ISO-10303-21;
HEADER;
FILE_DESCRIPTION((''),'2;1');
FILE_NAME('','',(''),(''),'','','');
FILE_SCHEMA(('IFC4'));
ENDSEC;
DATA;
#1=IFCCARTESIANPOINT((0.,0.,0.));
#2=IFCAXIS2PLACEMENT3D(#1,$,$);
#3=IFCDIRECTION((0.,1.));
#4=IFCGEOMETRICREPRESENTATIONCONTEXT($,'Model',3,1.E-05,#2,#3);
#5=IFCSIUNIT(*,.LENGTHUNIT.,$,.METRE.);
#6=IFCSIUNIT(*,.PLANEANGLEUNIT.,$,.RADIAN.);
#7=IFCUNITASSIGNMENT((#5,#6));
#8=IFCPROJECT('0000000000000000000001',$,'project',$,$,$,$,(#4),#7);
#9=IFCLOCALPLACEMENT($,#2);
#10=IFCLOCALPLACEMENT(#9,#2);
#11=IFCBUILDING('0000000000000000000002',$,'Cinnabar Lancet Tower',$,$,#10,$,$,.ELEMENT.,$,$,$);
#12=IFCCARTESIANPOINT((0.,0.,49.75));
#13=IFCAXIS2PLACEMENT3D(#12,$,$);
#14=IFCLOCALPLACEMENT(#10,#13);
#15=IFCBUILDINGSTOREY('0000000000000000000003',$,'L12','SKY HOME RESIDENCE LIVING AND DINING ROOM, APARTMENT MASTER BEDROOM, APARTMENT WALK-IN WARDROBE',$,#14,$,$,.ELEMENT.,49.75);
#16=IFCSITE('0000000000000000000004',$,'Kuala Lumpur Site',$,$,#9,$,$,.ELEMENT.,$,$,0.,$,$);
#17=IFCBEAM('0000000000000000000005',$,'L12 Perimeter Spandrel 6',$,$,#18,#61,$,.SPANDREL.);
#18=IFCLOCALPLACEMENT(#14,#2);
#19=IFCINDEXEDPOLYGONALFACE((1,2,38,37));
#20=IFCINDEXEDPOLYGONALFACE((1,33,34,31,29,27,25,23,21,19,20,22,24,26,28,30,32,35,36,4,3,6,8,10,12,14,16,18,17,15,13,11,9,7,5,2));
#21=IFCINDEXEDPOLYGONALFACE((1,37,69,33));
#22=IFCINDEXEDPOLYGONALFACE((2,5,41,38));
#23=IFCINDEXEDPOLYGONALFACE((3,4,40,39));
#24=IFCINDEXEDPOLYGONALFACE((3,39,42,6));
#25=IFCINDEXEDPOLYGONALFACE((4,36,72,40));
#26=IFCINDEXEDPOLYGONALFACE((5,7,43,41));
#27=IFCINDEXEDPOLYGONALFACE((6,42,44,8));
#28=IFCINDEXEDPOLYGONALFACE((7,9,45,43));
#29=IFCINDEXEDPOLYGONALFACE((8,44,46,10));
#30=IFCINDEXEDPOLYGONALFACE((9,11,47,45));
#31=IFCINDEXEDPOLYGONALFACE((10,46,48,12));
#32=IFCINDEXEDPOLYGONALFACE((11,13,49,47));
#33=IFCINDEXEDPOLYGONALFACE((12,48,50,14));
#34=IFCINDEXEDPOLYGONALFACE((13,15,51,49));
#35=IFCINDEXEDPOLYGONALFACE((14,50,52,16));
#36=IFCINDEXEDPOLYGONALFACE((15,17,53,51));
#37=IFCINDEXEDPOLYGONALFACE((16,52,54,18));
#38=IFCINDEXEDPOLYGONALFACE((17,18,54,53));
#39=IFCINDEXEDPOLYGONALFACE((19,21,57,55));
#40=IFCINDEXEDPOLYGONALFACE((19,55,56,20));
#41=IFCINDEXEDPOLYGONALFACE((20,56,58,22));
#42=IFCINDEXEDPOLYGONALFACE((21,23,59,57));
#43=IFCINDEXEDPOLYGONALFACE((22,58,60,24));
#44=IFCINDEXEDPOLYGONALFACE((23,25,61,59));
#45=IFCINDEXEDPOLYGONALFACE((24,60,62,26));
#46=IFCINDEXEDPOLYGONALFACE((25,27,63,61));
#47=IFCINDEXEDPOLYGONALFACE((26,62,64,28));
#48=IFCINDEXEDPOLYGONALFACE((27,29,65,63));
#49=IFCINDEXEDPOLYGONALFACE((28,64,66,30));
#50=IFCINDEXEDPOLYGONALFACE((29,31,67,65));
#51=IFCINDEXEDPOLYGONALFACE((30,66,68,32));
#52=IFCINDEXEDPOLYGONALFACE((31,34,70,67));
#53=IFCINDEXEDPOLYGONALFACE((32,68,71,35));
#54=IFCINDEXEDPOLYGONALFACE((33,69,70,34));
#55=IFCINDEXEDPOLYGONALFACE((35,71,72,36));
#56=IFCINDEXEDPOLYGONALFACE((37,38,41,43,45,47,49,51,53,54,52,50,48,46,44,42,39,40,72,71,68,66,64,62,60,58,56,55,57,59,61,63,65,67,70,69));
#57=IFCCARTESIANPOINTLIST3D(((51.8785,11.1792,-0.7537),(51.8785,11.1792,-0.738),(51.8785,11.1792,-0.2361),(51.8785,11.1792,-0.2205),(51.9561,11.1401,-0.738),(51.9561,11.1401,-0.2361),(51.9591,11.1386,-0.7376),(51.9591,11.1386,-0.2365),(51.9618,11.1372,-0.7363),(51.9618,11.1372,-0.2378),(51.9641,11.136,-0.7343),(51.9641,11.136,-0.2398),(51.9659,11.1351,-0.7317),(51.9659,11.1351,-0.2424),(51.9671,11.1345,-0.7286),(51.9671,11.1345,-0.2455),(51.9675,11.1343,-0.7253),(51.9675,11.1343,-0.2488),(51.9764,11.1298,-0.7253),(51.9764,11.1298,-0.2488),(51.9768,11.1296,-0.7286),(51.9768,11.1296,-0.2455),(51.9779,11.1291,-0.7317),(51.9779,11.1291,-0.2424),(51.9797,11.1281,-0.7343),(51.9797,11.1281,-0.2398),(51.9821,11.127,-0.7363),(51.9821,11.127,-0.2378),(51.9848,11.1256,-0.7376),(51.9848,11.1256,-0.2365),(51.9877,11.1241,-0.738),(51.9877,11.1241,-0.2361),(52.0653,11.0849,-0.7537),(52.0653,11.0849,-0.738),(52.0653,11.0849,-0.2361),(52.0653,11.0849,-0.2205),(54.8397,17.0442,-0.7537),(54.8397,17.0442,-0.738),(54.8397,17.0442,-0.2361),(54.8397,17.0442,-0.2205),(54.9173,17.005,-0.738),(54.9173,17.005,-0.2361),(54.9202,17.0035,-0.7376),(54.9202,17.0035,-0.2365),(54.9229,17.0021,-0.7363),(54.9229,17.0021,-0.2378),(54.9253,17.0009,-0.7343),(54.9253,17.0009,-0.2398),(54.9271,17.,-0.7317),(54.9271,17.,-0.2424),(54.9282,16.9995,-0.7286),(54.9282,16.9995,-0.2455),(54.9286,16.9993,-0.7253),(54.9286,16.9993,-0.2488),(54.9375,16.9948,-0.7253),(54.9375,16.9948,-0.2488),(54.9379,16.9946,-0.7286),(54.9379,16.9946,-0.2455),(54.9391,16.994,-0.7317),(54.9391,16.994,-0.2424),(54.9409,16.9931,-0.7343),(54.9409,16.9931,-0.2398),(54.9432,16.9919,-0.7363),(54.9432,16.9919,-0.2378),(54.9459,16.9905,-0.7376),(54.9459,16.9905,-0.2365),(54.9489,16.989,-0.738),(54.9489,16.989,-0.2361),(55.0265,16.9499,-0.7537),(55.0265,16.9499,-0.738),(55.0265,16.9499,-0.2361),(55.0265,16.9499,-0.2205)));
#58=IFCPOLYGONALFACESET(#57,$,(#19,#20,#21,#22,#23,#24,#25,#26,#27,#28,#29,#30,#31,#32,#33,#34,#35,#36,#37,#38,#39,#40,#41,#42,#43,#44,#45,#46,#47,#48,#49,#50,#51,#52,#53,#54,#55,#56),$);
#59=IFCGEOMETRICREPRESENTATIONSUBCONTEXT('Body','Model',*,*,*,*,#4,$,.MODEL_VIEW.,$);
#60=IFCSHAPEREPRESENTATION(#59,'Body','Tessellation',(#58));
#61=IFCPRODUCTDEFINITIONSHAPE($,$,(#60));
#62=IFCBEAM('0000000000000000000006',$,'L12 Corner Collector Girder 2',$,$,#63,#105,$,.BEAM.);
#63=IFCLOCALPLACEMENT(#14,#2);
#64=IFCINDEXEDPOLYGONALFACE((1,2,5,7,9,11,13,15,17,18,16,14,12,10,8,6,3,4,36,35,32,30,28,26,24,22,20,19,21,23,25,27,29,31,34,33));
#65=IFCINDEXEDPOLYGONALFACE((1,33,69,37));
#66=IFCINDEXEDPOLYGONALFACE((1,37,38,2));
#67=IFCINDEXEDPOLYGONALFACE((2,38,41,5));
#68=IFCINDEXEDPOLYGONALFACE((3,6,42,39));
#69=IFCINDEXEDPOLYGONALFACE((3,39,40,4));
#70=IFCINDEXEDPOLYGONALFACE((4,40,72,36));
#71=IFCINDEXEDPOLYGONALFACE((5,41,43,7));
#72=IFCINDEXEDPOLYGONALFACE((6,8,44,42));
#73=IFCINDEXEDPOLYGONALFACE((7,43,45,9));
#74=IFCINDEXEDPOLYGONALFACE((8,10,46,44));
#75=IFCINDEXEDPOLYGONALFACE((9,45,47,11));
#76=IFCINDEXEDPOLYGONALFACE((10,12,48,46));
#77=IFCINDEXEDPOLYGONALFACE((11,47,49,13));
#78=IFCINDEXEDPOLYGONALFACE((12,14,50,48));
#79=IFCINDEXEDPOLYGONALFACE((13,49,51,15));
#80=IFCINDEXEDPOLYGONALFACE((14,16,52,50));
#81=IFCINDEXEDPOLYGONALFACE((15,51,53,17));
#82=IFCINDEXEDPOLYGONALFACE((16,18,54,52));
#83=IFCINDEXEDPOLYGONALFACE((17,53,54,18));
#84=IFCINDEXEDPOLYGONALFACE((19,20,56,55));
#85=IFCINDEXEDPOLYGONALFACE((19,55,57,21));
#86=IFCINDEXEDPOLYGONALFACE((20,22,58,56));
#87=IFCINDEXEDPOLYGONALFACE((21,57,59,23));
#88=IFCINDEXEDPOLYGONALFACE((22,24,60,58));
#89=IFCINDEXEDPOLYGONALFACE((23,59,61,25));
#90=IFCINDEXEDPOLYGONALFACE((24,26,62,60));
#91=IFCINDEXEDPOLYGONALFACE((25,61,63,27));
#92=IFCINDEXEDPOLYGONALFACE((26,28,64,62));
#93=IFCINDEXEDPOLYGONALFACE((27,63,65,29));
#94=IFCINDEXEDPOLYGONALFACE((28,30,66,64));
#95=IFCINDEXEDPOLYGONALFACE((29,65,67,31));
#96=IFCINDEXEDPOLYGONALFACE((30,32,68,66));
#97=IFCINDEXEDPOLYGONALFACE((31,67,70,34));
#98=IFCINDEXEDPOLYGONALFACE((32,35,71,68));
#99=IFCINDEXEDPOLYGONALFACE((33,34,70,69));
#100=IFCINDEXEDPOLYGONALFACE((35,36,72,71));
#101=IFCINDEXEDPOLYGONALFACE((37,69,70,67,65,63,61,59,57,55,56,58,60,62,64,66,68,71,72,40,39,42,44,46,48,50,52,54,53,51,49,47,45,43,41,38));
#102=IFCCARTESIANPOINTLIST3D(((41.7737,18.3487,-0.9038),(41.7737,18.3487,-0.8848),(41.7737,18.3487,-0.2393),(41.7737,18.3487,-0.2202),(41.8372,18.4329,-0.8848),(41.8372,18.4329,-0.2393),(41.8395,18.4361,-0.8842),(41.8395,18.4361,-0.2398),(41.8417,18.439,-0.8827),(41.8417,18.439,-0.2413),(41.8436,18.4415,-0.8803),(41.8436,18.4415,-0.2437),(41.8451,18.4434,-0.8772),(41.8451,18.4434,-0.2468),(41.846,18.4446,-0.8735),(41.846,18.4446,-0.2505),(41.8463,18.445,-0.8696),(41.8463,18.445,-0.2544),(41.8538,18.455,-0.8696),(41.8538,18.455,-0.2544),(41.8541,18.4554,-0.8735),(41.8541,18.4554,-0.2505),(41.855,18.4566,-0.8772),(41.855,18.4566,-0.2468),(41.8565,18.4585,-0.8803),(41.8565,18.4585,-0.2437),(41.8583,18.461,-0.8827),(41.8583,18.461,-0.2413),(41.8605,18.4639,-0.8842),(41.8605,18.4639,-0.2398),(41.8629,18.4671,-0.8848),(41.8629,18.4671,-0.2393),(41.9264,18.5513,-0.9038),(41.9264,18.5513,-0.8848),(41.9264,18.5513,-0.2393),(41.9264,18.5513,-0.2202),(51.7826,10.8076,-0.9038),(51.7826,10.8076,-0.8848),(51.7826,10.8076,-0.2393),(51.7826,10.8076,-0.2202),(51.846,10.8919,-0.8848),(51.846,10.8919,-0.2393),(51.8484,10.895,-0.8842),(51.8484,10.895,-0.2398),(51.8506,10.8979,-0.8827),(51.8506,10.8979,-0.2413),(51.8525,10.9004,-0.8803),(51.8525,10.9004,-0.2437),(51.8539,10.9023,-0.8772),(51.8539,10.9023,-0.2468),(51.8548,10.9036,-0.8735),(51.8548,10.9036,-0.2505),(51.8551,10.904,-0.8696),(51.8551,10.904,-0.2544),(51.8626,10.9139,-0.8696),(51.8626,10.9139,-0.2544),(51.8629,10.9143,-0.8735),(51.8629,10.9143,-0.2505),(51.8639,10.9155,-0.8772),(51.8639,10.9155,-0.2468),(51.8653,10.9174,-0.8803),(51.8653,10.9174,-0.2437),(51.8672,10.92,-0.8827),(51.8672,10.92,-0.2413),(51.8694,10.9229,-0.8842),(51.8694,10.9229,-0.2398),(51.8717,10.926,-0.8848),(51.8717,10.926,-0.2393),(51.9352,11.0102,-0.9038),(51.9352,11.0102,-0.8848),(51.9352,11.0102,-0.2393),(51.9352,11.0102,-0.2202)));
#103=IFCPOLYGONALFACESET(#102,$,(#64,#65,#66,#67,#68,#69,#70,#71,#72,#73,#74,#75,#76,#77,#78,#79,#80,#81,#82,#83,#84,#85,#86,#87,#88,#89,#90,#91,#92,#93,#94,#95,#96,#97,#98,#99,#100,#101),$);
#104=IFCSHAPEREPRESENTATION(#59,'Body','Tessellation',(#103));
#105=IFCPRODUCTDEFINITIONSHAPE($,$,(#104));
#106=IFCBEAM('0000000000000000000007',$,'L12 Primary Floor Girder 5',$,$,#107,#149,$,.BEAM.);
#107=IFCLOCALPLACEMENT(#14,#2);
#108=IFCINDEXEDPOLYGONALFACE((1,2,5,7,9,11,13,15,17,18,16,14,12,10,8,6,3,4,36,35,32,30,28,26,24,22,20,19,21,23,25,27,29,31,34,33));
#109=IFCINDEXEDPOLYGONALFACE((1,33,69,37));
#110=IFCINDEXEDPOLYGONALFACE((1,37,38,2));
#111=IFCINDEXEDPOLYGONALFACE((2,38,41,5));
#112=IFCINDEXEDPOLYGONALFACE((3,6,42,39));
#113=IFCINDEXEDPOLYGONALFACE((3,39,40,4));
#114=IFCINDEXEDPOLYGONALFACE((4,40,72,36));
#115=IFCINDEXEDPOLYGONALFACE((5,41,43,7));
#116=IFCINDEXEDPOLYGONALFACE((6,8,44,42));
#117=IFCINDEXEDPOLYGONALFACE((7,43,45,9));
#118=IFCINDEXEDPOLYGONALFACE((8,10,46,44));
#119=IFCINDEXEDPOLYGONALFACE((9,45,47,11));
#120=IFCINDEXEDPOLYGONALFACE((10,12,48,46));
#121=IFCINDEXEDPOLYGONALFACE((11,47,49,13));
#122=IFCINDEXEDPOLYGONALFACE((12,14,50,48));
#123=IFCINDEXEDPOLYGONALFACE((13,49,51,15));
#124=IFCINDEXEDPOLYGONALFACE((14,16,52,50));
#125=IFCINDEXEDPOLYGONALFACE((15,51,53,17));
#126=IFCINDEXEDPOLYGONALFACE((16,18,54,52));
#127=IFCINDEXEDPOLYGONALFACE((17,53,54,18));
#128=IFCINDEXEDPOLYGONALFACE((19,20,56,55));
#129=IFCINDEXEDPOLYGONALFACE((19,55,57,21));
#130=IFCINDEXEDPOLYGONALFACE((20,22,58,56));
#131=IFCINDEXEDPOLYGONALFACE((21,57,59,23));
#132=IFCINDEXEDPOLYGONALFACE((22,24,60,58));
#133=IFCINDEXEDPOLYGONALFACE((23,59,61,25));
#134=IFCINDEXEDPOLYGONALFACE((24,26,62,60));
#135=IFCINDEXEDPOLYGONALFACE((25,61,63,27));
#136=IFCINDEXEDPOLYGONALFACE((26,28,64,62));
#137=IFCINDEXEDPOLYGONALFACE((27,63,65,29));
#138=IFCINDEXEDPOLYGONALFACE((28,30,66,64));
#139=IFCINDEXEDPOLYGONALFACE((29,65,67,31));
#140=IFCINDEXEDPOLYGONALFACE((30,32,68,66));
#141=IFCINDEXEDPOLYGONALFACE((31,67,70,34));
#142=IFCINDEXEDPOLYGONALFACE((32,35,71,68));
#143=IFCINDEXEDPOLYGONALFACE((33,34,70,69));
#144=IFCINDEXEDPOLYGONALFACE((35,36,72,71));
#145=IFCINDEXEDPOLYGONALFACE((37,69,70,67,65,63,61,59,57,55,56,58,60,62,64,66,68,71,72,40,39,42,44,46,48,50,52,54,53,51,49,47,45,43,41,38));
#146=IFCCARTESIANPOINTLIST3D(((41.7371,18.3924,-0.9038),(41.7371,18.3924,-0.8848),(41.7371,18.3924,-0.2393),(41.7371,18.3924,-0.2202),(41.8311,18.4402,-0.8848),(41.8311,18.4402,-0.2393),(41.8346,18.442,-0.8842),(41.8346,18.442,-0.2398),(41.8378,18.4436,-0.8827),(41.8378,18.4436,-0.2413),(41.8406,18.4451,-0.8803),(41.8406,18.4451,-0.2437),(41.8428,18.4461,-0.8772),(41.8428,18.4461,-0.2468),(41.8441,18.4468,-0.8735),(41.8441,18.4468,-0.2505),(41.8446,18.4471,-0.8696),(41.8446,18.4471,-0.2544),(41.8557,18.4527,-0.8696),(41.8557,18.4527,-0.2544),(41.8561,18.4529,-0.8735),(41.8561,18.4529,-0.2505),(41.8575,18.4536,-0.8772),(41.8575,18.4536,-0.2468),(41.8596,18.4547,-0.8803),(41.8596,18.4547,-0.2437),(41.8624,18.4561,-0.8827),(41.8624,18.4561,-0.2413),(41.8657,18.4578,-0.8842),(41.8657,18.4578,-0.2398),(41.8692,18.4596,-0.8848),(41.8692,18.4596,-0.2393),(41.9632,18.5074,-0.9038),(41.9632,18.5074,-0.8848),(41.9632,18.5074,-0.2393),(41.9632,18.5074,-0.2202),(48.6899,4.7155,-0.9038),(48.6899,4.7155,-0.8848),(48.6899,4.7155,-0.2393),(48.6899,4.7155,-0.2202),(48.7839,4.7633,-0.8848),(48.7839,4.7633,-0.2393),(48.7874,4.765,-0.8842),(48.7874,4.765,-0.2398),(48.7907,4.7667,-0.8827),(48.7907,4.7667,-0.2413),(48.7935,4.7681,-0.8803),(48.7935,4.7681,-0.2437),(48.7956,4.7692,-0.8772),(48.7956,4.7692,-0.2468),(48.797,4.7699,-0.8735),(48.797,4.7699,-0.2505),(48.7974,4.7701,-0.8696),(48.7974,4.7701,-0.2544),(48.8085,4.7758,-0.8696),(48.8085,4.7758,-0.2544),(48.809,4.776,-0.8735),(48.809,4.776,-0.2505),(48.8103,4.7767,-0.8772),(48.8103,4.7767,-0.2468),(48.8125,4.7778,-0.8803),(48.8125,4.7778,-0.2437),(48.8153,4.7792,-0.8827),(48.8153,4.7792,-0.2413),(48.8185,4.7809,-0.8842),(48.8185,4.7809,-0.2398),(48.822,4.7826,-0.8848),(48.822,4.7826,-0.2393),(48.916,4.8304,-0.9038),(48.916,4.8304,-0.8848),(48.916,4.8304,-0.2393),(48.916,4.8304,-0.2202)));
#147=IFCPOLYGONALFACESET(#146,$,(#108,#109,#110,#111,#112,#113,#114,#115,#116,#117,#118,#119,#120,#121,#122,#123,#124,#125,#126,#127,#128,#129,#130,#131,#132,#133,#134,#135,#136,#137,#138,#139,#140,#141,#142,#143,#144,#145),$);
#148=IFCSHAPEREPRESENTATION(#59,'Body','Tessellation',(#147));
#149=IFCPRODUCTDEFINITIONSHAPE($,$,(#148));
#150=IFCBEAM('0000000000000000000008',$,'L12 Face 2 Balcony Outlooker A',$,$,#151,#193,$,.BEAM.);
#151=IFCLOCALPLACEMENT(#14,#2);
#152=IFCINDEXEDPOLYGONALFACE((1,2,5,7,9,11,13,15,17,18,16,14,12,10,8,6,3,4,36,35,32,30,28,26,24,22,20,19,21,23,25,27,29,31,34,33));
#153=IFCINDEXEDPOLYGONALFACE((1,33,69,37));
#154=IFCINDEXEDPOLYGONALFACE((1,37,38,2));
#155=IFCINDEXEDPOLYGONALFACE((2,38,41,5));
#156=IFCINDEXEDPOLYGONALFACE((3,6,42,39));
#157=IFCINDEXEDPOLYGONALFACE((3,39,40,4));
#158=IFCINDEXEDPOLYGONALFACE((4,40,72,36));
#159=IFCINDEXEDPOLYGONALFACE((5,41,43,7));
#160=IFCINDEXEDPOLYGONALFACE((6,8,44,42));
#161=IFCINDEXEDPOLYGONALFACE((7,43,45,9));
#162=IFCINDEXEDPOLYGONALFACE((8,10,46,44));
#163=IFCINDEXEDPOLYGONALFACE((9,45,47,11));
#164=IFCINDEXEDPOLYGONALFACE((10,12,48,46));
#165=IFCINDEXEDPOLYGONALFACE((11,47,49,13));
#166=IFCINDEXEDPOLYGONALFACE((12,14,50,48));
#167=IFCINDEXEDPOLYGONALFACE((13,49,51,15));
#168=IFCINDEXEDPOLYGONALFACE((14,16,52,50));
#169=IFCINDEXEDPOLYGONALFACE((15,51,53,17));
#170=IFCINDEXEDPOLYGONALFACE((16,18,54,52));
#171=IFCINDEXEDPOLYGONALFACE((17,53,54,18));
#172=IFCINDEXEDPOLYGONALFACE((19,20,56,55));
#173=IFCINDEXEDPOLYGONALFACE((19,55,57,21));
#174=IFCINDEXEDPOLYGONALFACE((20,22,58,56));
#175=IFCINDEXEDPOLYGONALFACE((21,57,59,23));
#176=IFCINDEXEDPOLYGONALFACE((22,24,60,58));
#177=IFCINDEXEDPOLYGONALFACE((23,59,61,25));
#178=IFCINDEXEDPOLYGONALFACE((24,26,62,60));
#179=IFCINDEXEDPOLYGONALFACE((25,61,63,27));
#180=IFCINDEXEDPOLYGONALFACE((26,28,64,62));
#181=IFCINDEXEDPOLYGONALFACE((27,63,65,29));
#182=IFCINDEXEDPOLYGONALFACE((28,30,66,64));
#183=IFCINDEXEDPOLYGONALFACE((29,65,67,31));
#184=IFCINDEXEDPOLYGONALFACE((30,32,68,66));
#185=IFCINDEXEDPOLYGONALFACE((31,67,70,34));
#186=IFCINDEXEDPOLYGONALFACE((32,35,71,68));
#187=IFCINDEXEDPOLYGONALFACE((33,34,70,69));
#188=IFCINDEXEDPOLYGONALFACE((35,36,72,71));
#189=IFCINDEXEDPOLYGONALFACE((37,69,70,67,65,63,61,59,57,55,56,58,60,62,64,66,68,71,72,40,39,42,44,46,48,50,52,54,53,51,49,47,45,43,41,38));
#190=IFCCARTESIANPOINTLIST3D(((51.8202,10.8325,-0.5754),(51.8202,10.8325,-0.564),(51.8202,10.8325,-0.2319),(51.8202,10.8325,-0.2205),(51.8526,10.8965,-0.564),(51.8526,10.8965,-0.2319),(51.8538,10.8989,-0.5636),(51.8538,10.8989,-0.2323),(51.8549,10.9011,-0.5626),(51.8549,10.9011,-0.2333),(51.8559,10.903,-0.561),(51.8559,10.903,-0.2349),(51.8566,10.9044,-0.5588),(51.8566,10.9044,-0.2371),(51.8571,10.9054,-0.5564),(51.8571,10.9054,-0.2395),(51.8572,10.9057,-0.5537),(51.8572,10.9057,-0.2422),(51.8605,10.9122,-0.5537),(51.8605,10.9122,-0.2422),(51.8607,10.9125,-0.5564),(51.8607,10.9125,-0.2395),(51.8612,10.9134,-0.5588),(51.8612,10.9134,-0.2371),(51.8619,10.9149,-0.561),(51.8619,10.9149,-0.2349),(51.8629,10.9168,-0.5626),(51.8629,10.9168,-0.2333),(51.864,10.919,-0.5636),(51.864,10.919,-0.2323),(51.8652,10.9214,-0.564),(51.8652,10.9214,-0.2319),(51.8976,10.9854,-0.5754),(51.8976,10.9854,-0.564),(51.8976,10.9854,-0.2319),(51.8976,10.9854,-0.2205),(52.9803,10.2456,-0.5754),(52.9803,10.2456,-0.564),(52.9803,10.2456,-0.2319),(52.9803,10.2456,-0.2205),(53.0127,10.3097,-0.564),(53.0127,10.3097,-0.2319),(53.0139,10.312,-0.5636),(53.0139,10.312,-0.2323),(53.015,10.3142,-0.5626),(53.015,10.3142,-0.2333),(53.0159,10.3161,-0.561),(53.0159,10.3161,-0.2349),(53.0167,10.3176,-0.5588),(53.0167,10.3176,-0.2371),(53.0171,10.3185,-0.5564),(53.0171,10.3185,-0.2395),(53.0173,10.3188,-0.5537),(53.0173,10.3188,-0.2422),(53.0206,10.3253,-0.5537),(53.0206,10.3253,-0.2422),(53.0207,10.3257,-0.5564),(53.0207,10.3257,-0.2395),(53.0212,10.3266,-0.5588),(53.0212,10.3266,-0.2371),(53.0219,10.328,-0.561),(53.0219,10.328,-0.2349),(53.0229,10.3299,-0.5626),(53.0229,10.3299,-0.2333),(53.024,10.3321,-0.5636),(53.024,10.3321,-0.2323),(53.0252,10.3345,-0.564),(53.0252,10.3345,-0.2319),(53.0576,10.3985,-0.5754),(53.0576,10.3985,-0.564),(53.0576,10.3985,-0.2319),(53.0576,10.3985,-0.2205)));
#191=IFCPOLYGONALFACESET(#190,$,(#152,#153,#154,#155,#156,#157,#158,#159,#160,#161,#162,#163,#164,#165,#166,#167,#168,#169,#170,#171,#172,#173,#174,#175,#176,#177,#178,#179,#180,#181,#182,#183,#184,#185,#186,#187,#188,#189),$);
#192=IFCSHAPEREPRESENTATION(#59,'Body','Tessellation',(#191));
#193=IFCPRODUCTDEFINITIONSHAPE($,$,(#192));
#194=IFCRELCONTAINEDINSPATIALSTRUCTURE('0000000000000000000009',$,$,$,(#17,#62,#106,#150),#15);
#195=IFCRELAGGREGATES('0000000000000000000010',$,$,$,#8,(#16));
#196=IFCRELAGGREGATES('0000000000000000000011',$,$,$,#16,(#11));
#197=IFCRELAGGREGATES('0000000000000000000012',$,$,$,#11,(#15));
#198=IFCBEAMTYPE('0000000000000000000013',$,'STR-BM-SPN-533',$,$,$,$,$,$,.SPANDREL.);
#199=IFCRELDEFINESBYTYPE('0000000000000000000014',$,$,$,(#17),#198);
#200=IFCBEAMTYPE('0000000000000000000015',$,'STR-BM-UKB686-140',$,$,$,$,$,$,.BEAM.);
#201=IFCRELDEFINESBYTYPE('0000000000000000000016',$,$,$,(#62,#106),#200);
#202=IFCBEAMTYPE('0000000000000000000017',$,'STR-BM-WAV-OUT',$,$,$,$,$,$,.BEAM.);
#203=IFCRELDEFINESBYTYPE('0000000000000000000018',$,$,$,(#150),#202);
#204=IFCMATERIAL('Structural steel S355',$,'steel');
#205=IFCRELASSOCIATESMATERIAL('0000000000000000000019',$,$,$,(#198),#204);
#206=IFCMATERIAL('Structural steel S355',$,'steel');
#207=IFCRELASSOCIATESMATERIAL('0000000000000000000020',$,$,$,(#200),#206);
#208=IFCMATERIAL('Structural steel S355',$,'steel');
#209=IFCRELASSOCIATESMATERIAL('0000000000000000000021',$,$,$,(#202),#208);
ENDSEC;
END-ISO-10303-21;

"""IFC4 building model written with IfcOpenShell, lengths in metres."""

from ifc_helpers import new_model, si_unit, direction, frame, origin, origin_2d, place, context, subcontext, project, spatial, i_section, extrude, material, material_profile, profile_set, type_object, element, save


model = new_model("IFC4")

# Units and contexts
model_context = context("Model", 3, precision=1e-05, world=origin(), true_north=direction((0.0, 1.0)))
body_context = subcontext(model_context, "Body", "Model", "MODEL_VIEW")
ifc_project = project(units=[si_unit("LENGTHUNIT", "METRE"), si_unit("PLANEANGLEUNIT", "RADIAN")], contexts=[model_context])

# Site, building, storey
site_placement = place(None, origin())
site = spatial("IfcSite", under=ifc_project, at=site_placement, Name="Kuala Lumpur Site", CompositionType="ELEMENT", RefElevation=0.0)
building_placement = place(site_placement, origin())
building = spatial("IfcBuilding", under=site, at=building_placement, Name="Cinnabar Lancet Tower", CompositionType="ELEMENT")
storey_placement = place(building_placement, frame((0.0, 0.0, 49.75)))
storey = spatial("IfcBuildingStorey", under=building, at=storey_placement, Name="L12", Description="SKY HOME RESIDENCE LIVING AND DINING ROOM, APARTMENT MASTER BEDROOM, APARTMENT WALK-IN WARDROBE", CompositionType="ELEMENT", Elevation=49.75)

# Beams
ifc_material_1 = material(Name="Structural steel S355", Category="steel")
ifc_material_profile_1 = material_profile(ifc_material_1, i_section(OverallWidth=0.2092, OverallDepth=0.5332, WebThickness=0.01, FlangeThickness=0.0156, FilletRadius=0.0127, at=origin_2d()), Name="UKB 533x210x92")
ifc_profile_set_1 = profile_set([ifc_material_profile_1], Name="Structural steel S355")
beam_type_1 = type_object("IfcBeamType", Name="STR-BM-SPN-533", PredefinedType="SPANDREL", material=ifc_profile_set_1)
beam_1_placement = place(storey_placement, frame((51.9719, 11.1321, -0.4871), z_axis=(0.450703, 0.892674, 0.0), x_axis=(-0.892674, 0.450703, 0.0)))
element("IfcBeam", 1, at=beam_1_placement, inside=storey, type_object=beam_type_1, Name="L12 Perimeter Spandrel 6", PredefinedType="SPANDREL", context=body_context, shape_type="SweptSolid", body=[
    extrude(i_section(OverallWidth=0.2092, OverallDepth=0.5332, WebThickness=0.01, FlangeThickness=0.0156, FilletRadius=0.0127, at=origin_2d()), origin(), (0.0, 0.0, 1.0), 6.5701),
])
ifc_material_2 = material(Name="Structural steel S355", Category="steel")
ifc_material_profile_2 = material_profile(ifc_material_2, i_section(OverallWidth=0.2537, OverallDepth=0.6836, WebThickness=0.0125, FlangeThickness=0.019, FilletRadius=0.0151, at=origin_2d()), Name="UKB 686x254x140")
ifc_profile_set_2 = profile_set([ifc_material_profile_2], Name="Structural steel S355")
beam_type_2 = type_object("IfcBeamType", Name="STR-BM-UKB686-140", PredefinedType="BEAM", material=ifc_profile_set_2)
beam_2_placement = place(storey_placement, frame((51.8589, 10.9089, -0.562), z_axis=(-0.79868, 0.601757, 0.0), x_axis=(-0.601757, -0.79868, 0.0)))
element("IfcBeam", 2, at=beam_2_placement, inside=storey, type_object=beam_type_2, Name="L12 Corner Collector Girder 2", PredefinedType="BEAM", context=body_context, shape_type="SweptSolid", body=[
    extrude(i_section(OverallWidth=0.2537, OverallDepth=0.6836, WebThickness=0.0125, FlangeThickness=0.019, FilletRadius=0.0151, at=origin_2d()), origin(), (0.0, 0.0, 1.0), 12.5317),
])
beam_3_placement = place(storey_placement, frame((48.803, 4.7729, -0.562), z_axis=(-0.453168, 0.891425, 0.0), x_axis=(-0.891425, -0.453168, 0.0)))
element("IfcBeam", 3, at=beam_3_placement, inside=storey, type_object=beam_type_2, Name="L12 Primary Floor Girder 5", PredefinedType="BEAM", context=body_context, shape_type="SweptSolid", body=[
    extrude(i_section(OverallWidth=0.2537, OverallDepth=0.6836, WebThickness=0.0125, FlangeThickness=0.019, FilletRadius=0.0151, at=origin_2d()), origin(), (0.0, 0.0, 1.0), 15.3428),
])
ifc_material_3 = material(Name="Structural steel S355", Category="steel")
ifc_material_profile_3 = material_profile(ifc_material_3, i_section(OverallWidth=0.1714, OverallDepth=0.355, WebThickness=0.0073, FlangeThickness=0.0115, FilletRadius=0.0103, at=origin_2d()), Name="UKB 356x171x51")
ifc_profile_set_3 = profile_set([ifc_material_profile_3], Name="Structural steel S355")
beam_type_3 = type_object("IfcBeamType", Name="STR-BM-WAV-OUT", PredefinedType="BEAM", material=ifc_profile_set_3)
beam_4_placement = place(storey_placement, frame((51.8589, 10.9089, -0.3979), z_axis=(0.892314, -0.451415, 0.0), x_axis=(0.451415, 0.892314, 0.0)))
element("IfcBeam", 4, at=beam_4_placement, inside=storey, type_object=beam_type_3, Name="L12 Face 2 Balcony Outlooker A", PredefinedType="BEAM", context=body_context, shape_type="SweptSolid", body=[
    extrude(i_section(OverallWidth=0.1714, OverallDepth=0.355, WebThickness=0.0073, FlangeThickness=0.0115, FilletRadius=0.0103, at=origin_2d()), origin(), (0.0, 0.0, 1.0), 1.3),
])

save(model, "model.ifc")
